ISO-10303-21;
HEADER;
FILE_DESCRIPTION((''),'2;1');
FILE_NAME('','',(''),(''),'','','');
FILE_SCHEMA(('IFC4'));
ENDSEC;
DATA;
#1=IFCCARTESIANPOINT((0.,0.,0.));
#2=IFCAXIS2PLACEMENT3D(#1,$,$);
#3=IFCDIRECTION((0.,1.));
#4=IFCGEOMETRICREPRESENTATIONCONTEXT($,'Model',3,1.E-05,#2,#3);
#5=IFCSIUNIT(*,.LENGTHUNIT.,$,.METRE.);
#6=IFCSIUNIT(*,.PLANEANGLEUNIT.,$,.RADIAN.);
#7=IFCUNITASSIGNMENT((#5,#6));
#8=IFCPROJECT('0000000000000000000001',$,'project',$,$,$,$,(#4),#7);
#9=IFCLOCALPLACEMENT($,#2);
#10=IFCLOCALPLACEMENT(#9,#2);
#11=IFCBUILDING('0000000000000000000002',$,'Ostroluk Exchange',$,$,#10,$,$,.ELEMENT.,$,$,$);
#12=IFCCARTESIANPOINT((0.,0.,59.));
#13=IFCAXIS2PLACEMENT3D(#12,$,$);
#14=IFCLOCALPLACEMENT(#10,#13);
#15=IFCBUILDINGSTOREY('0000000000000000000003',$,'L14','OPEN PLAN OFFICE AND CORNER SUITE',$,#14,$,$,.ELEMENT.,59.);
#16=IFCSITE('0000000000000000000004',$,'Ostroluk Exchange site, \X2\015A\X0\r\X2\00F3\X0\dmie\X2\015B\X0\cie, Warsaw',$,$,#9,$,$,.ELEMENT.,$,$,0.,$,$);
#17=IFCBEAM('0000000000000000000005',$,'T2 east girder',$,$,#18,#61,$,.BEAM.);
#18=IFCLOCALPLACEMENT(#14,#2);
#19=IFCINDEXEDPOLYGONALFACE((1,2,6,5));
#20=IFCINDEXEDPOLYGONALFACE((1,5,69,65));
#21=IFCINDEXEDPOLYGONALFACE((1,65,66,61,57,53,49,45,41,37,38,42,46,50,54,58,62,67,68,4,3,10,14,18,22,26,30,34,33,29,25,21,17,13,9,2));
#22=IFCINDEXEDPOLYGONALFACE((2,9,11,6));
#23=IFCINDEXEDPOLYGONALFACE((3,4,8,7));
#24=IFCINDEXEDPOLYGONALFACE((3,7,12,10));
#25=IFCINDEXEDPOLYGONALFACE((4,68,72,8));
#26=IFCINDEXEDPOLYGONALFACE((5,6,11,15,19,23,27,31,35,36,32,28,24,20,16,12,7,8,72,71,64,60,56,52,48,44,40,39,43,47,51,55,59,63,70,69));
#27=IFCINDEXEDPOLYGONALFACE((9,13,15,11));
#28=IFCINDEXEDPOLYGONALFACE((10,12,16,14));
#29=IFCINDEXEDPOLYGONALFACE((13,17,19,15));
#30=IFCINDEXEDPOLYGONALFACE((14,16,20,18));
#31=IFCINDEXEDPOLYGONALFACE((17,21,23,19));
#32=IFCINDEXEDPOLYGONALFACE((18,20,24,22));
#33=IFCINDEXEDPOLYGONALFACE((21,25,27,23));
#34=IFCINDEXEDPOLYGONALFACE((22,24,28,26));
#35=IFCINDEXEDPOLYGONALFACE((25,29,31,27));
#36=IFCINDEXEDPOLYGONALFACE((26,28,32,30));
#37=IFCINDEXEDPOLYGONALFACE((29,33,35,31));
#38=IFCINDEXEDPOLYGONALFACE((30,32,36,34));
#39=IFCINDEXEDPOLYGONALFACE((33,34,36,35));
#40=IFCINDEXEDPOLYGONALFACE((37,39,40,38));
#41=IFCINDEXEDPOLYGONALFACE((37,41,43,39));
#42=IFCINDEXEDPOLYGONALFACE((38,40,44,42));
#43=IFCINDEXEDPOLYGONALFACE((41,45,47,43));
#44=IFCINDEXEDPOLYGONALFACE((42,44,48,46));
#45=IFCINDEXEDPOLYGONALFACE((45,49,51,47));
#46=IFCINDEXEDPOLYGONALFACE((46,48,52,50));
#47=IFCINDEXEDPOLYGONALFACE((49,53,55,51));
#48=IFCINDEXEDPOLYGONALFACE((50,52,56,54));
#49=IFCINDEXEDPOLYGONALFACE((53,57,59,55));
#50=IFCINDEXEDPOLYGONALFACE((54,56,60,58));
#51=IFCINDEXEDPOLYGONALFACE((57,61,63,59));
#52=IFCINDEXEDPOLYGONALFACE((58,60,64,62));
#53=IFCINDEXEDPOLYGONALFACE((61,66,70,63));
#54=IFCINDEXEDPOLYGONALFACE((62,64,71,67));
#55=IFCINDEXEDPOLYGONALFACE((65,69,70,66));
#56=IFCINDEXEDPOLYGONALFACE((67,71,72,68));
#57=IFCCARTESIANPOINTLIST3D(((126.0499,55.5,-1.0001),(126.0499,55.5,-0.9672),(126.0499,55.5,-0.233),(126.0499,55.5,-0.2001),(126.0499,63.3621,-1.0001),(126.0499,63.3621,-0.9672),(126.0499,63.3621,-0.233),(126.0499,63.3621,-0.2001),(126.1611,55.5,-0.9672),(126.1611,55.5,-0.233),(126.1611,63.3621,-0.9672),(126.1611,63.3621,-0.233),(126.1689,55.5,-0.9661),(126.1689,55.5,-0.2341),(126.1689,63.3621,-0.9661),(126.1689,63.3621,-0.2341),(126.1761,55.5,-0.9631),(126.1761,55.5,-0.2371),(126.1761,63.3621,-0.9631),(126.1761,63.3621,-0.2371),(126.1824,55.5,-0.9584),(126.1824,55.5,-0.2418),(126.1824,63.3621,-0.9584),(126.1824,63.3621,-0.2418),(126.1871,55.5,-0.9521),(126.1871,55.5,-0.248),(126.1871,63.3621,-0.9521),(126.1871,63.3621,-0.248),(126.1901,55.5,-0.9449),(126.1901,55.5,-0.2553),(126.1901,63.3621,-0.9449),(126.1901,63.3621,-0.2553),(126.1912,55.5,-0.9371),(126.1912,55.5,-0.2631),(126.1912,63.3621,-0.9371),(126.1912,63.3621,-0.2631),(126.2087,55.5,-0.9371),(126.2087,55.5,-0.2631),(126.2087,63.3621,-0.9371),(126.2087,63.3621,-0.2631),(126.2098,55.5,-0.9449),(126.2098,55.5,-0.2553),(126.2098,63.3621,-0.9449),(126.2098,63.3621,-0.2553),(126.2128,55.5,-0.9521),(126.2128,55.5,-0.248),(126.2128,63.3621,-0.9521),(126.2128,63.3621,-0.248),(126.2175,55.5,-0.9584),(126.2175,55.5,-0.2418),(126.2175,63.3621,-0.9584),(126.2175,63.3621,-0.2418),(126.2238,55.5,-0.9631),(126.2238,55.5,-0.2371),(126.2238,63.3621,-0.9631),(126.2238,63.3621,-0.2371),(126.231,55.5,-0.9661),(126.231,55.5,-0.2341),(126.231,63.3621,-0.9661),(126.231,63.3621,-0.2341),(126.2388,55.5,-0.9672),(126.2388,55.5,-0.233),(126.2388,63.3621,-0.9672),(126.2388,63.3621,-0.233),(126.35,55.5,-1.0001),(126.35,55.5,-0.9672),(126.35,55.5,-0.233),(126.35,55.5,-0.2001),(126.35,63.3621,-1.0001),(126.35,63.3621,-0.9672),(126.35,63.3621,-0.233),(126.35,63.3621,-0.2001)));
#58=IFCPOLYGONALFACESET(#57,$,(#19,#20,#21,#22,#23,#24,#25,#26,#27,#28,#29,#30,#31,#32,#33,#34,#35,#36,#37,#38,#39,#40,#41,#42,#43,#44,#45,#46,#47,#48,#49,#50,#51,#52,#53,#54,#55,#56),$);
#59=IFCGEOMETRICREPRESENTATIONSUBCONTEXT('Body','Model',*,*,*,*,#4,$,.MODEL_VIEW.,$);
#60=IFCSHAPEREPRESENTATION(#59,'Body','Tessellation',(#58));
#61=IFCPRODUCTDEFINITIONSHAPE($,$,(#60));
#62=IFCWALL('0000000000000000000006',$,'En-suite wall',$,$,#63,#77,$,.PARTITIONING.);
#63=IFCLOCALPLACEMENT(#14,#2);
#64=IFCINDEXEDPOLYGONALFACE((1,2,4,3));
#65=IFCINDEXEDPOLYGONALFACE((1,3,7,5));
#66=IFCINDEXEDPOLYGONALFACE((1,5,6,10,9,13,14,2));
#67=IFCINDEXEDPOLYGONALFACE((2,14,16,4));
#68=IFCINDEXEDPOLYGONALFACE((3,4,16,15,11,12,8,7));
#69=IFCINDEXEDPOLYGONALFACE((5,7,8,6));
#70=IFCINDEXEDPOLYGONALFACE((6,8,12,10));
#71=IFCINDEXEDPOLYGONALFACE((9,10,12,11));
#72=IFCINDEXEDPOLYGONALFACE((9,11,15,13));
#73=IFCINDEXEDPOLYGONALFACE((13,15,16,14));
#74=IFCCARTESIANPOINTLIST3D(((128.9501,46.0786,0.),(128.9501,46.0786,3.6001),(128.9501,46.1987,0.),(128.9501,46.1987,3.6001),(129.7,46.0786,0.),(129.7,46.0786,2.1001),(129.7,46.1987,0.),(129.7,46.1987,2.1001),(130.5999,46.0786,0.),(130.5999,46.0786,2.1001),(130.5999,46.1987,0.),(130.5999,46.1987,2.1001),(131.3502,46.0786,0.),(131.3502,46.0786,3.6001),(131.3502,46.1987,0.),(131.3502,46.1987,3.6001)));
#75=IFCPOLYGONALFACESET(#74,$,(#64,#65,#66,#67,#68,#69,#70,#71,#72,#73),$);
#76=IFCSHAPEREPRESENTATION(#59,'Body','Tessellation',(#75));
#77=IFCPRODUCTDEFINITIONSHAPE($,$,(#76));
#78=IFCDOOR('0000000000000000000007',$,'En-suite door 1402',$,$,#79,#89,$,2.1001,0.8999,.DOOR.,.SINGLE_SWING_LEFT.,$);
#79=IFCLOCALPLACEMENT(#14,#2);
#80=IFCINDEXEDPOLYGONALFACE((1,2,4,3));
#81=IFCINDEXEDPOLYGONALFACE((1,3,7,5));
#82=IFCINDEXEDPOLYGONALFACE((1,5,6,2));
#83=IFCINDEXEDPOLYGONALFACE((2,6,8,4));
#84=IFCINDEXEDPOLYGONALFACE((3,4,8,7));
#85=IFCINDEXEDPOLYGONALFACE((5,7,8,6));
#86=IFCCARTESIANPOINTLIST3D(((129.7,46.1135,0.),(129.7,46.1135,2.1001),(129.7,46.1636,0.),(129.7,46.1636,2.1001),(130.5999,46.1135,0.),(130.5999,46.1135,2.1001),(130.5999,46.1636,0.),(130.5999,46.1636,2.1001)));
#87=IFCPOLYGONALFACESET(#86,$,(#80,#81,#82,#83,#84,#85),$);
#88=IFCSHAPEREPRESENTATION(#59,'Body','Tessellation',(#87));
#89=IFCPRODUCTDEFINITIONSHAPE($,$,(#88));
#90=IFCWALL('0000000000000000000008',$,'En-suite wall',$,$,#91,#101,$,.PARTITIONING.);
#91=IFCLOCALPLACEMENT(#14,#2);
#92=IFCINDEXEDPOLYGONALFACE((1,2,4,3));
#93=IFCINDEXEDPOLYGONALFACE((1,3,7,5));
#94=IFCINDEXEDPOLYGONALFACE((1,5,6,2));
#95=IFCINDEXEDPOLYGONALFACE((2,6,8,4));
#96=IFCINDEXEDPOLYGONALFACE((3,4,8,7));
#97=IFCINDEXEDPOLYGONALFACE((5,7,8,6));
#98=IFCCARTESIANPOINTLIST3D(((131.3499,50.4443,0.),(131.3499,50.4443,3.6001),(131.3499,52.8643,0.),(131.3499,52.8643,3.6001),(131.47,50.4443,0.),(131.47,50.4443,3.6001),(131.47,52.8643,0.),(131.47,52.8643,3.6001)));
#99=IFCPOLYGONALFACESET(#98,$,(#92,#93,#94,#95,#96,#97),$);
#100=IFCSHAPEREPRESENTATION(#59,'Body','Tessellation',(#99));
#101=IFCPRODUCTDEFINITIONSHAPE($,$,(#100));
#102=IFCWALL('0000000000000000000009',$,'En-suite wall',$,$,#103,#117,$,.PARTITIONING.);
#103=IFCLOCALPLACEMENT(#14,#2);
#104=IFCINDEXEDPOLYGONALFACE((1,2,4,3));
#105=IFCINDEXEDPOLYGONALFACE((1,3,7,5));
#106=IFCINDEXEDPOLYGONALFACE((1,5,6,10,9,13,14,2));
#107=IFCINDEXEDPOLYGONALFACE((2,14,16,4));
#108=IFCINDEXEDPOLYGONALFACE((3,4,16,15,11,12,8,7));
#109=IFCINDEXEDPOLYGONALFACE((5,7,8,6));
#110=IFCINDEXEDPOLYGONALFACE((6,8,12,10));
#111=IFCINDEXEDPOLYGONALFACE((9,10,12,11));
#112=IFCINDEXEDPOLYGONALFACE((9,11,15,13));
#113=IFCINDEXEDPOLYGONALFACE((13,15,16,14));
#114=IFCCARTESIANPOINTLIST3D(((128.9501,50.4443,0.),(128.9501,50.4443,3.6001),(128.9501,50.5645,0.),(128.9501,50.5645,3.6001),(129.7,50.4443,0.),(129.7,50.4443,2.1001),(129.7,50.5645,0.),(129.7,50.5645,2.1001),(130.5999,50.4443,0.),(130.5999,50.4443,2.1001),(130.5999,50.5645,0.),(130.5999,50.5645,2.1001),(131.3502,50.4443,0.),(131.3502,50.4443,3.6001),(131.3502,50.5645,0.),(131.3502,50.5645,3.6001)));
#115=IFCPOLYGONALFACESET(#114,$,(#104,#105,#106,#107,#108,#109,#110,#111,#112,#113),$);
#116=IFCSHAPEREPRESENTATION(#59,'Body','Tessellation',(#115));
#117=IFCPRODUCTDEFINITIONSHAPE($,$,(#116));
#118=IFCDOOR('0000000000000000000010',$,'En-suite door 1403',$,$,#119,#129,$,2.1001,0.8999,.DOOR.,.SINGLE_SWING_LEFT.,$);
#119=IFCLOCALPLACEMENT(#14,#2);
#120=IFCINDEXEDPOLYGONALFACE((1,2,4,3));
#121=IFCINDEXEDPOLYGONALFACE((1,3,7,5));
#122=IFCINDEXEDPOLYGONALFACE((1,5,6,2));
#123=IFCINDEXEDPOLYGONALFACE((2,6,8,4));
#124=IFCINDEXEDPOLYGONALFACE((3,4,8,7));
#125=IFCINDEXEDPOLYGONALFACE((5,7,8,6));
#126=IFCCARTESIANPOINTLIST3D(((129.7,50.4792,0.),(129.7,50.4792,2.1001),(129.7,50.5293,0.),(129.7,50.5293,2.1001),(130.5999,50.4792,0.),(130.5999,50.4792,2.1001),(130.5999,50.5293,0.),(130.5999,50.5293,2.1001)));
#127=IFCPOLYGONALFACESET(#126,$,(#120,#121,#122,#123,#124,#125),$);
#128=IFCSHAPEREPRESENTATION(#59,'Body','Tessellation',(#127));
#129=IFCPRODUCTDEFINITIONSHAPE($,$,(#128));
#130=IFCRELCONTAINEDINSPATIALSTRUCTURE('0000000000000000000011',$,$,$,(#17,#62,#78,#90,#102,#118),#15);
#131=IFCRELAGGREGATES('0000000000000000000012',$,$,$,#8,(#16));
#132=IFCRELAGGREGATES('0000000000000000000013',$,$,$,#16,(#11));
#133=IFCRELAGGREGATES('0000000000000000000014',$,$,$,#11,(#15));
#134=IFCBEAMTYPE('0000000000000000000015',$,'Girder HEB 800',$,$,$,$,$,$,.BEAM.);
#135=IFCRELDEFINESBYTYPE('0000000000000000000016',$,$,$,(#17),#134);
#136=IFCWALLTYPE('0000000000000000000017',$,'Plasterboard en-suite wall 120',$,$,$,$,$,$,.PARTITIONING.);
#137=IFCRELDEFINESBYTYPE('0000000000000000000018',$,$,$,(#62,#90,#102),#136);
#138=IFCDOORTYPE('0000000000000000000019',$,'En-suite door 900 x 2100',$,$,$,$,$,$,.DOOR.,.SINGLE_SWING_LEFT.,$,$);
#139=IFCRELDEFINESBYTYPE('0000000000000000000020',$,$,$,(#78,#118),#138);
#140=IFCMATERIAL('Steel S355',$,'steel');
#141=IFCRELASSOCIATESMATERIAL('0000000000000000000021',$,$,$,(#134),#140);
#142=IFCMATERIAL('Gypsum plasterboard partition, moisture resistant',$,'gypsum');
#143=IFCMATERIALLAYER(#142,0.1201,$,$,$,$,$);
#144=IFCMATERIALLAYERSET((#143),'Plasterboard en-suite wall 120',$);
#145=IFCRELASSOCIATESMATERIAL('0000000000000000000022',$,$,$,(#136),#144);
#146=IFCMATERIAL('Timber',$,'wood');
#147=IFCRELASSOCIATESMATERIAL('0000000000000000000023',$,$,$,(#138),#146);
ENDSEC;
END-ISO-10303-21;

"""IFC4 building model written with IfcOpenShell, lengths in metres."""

from ifc_helpers import new_model, si_unit, direction, frame, frame_2d, origin, origin_2d, place, context, subcontext, project, spatial, rectangle, i_section, extrude, material, layer, layer_set, material_profile, profile_set, type_object, element, fill, save


model = new_model("IFC4")

# Units and contexts
model_context = context("Model", 3, precision=1e-05, world=origin(), true_north=direction((0.0, 1.0)))
body_context = subcontext(model_context, "Body", "Model", "MODEL_VIEW")
ifc_project = project(units=[si_unit("LENGTHUNIT", "METRE"), si_unit("PLANEANGLEUNIT", "RADIAN")], contexts=[model_context])

# Site, building, storey
site_placement = place(None, origin())
site = spatial("IfcSite", under=ifc_project, at=site_placement, Name="Ostroluk Exchange site, Śródmieście, Warsaw", CompositionType="ELEMENT", RefElevation=0.0)
building_placement = place(site_placement, origin())
building = spatial("IfcBuilding", under=site, at=building_placement, Name="Ostroluk Exchange", CompositionType="ELEMENT")
storey_placement = place(building_placement, frame((0.0, 0.0, 59.0)))
storey = spatial("IfcBuildingStorey", under=building, at=storey_placement, Name="L14", Description="OPEN PLAN OFFICE AND CORNER SUITE", CompositionType="ELEMENT", Elevation=59.0)

# Beam
ifc_material_1 = material(Name="Steel S355", Category="steel")
ifc_material_profile_1 = material_profile(ifc_material_1, i_section(OverallWidth=0.3, OverallDepth=0.8, WebThickness=0.0176, FlangeThickness=0.033, FilletRadius=0.03, at=origin_2d()), Name="HEB 800")
ifc_profile_set_1 = profile_set([ifc_material_profile_1], Name="Steel S355")
beam_type_1 = type_object("IfcBeamType", Name="Girder HEB 800", PredefinedType="BEAM", material=ifc_profile_set_1)
beam_placement = place(storey_placement, frame((126.2, 55.5, -0.6001), z_axis=(0.0, 1.0, 0.0), x_axis=(-1.0, 0.0, 0.0)))
element("IfcBeam", 1, at=beam_placement, inside=storey, type_object=beam_type_1, Name="T2 east girder", PredefinedType="BEAM", context=body_context, shape_type="SweptSolid", body=[
    extrude(i_section(OverallWidth=0.3, OverallDepth=0.8, WebThickness=0.0176, FlangeThickness=0.033, FilletRadius=0.03, at=origin_2d()), origin(), (0.0, 0.0, 1.0), 7.8621),
])

# Wall, opening, door
ifc_material_2 = material(Name="Gypsum plasterboard partition, moisture resistant", Category="gypsum")
ifc_layer_1 = layer(ifc_material_2, 0.1201)
ifc_layer_set_1 = layer_set([ifc_layer_1], Name="Plasterboard en-suite wall 120")
wall_type_1 = type_object("IfcWallType", Name="Plasterboard en-suite wall 120", PredefinedType="PARTITIONING", material=ifc_layer_set_1)
wall_1_placement = place(storey_placement, frame((128.95, 46.1387, 0.0), z_axis=(0.0, 0.0, 1.0), x_axis=(1.0, 0.0, 0.0)))
wall_1 = element("IfcWall", 2, at=wall_1_placement, inside=storey, type_object=wall_type_1, Name="En-suite wall", PredefinedType="PARTITIONING", context=body_context, shape_type="SweptSolid", body=[
    extrude(rectangle(XDim=2.4001, YDim=0.1201, at=frame_2d((1.2002, 0.0))), origin(), (0.0, 0.0, 1.0), 3.6001),
])
opening_1_placement = place(wall_1_placement, frame((0.75, 0.0, 0.0)))
opening_1 = element("IfcOpeningElement", 3, at=opening_1_placement, cuts=wall_1, PredefinedType="OPENING", context=body_context, shape_type="SweptSolid", body=[
    extrude(rectangle(XDim=0.8999, YDim=2.1001, at=frame_2d((0.45, 1.05))), frame((0.0, 0.0701, 0.0), z_axis=(0.0, -1.0, 0.0), x_axis=(1.0, 0.0, 0.0)), (0.0, 0.0, 1.0), 0.1401),
])
ifc_material_3 = material(Name="Timber", Category="wood")
door_type_1 = type_object("IfcDoorType", Name="En-suite door 900 x 2100", OperationType="SINGLE_SWING_LEFT", PredefinedType="DOOR", material=ifc_material_3)
door_1_placement = place(opening_1_placement, origin())
door_1 = element("IfcDoor", 4, at=door_1_placement, inside=storey, type_object=door_type_1, Name="En-suite door 1402", OperationType="SINGLE_SWING_LEFT", OverallHeight=2.1001, OverallWidth=0.8999, PredefinedType="DOOR", context=body_context, shape_type="SweptSolid", body=[
    extrude(rectangle(XDim=0.8999, YDim=2.1001, at=frame_2d((0.45, 1.05))), frame((0.0, 0.0249, 0.0), z_axis=(0.0, -1.0, 0.0), x_axis=(1.0, 0.0, 0.0)), (0.0, 0.0, 1.0), 0.05),
])
fill(opening_1, door_1)

# Wall
wall_2_placement = place(storey_placement, frame((131.4099, 50.4443, 0.0), z_axis=(0.0, 0.0, 1.0), x_axis=(0.0, 1.0, 0.0)))
element("IfcWall", 5, at=wall_2_placement, inside=storey, type_object=wall_type_1, Name="En-suite wall", PredefinedType="PARTITIONING", context=body_context, shape_type="SweptSolid", body=[
    extrude(rectangle(XDim=2.4199, YDim=0.1201, at=frame_2d((1.21, 0.0))), origin(), (0.0, 0.0, 1.0), 3.6001),
])

# Wall, opening, door
wall_3_placement = place(storey_placement, frame((128.95, 50.5044, 0.0), z_axis=(0.0, 0.0, 1.0), x_axis=(1.0, 0.0, 0.0)))
wall_3 = element("IfcWall", 6, at=wall_3_placement, inside=storey, type_object=wall_type_1, Name="En-suite wall", PredefinedType="PARTITIONING", context=body_context, shape_type="SweptSolid", body=[
    extrude(rectangle(XDim=2.4001, YDim=0.1201, at=frame_2d((1.2002, 0.0))), origin(), (0.0, 0.0, 1.0), 3.6001),
])
opening_2_placement = place(wall_3_placement, frame((0.75, 0.0, 0.0)))
opening_2 = element("IfcOpeningElement", 7, at=opening_2_placement, cuts=wall_3, PredefinedType="OPENING", context=body_context, shape_type="SweptSolid", body=[
    extrude(rectangle(XDim=0.8999, YDim=2.1001, at=frame_2d((0.45, 1.05))), frame((0.0, 0.0701, 0.0), z_axis=(0.0, -1.0, 0.0), x_axis=(1.0, 0.0, 0.0)), (0.0, 0.0, 1.0), 0.1401),
])
door_2_placement = place(opening_2_placement, origin())
door_2 = element("IfcDoor", 8, at=door_2_placement, inside=storey, type_object=door_type_1, Name="En-suite door 1403", OperationType="SINGLE_SWING_LEFT", OverallHeight=2.1001, OverallWidth=0.8999, PredefinedType="DOOR", context=body_context, shape_type="SweptSolid", body=[
    extrude(rectangle(XDim=0.8999, YDim=2.1001, at=frame_2d((0.45, 1.05))), frame((0.0, 0.0249, 0.0), z_axis=(0.0, -1.0, 0.0), x_axis=(1.0, 0.0, 0.0)), (0.0, 0.0, 1.0), 0.05),
])
fill(opening_2, door_2)

save(model, "model.ifc")
